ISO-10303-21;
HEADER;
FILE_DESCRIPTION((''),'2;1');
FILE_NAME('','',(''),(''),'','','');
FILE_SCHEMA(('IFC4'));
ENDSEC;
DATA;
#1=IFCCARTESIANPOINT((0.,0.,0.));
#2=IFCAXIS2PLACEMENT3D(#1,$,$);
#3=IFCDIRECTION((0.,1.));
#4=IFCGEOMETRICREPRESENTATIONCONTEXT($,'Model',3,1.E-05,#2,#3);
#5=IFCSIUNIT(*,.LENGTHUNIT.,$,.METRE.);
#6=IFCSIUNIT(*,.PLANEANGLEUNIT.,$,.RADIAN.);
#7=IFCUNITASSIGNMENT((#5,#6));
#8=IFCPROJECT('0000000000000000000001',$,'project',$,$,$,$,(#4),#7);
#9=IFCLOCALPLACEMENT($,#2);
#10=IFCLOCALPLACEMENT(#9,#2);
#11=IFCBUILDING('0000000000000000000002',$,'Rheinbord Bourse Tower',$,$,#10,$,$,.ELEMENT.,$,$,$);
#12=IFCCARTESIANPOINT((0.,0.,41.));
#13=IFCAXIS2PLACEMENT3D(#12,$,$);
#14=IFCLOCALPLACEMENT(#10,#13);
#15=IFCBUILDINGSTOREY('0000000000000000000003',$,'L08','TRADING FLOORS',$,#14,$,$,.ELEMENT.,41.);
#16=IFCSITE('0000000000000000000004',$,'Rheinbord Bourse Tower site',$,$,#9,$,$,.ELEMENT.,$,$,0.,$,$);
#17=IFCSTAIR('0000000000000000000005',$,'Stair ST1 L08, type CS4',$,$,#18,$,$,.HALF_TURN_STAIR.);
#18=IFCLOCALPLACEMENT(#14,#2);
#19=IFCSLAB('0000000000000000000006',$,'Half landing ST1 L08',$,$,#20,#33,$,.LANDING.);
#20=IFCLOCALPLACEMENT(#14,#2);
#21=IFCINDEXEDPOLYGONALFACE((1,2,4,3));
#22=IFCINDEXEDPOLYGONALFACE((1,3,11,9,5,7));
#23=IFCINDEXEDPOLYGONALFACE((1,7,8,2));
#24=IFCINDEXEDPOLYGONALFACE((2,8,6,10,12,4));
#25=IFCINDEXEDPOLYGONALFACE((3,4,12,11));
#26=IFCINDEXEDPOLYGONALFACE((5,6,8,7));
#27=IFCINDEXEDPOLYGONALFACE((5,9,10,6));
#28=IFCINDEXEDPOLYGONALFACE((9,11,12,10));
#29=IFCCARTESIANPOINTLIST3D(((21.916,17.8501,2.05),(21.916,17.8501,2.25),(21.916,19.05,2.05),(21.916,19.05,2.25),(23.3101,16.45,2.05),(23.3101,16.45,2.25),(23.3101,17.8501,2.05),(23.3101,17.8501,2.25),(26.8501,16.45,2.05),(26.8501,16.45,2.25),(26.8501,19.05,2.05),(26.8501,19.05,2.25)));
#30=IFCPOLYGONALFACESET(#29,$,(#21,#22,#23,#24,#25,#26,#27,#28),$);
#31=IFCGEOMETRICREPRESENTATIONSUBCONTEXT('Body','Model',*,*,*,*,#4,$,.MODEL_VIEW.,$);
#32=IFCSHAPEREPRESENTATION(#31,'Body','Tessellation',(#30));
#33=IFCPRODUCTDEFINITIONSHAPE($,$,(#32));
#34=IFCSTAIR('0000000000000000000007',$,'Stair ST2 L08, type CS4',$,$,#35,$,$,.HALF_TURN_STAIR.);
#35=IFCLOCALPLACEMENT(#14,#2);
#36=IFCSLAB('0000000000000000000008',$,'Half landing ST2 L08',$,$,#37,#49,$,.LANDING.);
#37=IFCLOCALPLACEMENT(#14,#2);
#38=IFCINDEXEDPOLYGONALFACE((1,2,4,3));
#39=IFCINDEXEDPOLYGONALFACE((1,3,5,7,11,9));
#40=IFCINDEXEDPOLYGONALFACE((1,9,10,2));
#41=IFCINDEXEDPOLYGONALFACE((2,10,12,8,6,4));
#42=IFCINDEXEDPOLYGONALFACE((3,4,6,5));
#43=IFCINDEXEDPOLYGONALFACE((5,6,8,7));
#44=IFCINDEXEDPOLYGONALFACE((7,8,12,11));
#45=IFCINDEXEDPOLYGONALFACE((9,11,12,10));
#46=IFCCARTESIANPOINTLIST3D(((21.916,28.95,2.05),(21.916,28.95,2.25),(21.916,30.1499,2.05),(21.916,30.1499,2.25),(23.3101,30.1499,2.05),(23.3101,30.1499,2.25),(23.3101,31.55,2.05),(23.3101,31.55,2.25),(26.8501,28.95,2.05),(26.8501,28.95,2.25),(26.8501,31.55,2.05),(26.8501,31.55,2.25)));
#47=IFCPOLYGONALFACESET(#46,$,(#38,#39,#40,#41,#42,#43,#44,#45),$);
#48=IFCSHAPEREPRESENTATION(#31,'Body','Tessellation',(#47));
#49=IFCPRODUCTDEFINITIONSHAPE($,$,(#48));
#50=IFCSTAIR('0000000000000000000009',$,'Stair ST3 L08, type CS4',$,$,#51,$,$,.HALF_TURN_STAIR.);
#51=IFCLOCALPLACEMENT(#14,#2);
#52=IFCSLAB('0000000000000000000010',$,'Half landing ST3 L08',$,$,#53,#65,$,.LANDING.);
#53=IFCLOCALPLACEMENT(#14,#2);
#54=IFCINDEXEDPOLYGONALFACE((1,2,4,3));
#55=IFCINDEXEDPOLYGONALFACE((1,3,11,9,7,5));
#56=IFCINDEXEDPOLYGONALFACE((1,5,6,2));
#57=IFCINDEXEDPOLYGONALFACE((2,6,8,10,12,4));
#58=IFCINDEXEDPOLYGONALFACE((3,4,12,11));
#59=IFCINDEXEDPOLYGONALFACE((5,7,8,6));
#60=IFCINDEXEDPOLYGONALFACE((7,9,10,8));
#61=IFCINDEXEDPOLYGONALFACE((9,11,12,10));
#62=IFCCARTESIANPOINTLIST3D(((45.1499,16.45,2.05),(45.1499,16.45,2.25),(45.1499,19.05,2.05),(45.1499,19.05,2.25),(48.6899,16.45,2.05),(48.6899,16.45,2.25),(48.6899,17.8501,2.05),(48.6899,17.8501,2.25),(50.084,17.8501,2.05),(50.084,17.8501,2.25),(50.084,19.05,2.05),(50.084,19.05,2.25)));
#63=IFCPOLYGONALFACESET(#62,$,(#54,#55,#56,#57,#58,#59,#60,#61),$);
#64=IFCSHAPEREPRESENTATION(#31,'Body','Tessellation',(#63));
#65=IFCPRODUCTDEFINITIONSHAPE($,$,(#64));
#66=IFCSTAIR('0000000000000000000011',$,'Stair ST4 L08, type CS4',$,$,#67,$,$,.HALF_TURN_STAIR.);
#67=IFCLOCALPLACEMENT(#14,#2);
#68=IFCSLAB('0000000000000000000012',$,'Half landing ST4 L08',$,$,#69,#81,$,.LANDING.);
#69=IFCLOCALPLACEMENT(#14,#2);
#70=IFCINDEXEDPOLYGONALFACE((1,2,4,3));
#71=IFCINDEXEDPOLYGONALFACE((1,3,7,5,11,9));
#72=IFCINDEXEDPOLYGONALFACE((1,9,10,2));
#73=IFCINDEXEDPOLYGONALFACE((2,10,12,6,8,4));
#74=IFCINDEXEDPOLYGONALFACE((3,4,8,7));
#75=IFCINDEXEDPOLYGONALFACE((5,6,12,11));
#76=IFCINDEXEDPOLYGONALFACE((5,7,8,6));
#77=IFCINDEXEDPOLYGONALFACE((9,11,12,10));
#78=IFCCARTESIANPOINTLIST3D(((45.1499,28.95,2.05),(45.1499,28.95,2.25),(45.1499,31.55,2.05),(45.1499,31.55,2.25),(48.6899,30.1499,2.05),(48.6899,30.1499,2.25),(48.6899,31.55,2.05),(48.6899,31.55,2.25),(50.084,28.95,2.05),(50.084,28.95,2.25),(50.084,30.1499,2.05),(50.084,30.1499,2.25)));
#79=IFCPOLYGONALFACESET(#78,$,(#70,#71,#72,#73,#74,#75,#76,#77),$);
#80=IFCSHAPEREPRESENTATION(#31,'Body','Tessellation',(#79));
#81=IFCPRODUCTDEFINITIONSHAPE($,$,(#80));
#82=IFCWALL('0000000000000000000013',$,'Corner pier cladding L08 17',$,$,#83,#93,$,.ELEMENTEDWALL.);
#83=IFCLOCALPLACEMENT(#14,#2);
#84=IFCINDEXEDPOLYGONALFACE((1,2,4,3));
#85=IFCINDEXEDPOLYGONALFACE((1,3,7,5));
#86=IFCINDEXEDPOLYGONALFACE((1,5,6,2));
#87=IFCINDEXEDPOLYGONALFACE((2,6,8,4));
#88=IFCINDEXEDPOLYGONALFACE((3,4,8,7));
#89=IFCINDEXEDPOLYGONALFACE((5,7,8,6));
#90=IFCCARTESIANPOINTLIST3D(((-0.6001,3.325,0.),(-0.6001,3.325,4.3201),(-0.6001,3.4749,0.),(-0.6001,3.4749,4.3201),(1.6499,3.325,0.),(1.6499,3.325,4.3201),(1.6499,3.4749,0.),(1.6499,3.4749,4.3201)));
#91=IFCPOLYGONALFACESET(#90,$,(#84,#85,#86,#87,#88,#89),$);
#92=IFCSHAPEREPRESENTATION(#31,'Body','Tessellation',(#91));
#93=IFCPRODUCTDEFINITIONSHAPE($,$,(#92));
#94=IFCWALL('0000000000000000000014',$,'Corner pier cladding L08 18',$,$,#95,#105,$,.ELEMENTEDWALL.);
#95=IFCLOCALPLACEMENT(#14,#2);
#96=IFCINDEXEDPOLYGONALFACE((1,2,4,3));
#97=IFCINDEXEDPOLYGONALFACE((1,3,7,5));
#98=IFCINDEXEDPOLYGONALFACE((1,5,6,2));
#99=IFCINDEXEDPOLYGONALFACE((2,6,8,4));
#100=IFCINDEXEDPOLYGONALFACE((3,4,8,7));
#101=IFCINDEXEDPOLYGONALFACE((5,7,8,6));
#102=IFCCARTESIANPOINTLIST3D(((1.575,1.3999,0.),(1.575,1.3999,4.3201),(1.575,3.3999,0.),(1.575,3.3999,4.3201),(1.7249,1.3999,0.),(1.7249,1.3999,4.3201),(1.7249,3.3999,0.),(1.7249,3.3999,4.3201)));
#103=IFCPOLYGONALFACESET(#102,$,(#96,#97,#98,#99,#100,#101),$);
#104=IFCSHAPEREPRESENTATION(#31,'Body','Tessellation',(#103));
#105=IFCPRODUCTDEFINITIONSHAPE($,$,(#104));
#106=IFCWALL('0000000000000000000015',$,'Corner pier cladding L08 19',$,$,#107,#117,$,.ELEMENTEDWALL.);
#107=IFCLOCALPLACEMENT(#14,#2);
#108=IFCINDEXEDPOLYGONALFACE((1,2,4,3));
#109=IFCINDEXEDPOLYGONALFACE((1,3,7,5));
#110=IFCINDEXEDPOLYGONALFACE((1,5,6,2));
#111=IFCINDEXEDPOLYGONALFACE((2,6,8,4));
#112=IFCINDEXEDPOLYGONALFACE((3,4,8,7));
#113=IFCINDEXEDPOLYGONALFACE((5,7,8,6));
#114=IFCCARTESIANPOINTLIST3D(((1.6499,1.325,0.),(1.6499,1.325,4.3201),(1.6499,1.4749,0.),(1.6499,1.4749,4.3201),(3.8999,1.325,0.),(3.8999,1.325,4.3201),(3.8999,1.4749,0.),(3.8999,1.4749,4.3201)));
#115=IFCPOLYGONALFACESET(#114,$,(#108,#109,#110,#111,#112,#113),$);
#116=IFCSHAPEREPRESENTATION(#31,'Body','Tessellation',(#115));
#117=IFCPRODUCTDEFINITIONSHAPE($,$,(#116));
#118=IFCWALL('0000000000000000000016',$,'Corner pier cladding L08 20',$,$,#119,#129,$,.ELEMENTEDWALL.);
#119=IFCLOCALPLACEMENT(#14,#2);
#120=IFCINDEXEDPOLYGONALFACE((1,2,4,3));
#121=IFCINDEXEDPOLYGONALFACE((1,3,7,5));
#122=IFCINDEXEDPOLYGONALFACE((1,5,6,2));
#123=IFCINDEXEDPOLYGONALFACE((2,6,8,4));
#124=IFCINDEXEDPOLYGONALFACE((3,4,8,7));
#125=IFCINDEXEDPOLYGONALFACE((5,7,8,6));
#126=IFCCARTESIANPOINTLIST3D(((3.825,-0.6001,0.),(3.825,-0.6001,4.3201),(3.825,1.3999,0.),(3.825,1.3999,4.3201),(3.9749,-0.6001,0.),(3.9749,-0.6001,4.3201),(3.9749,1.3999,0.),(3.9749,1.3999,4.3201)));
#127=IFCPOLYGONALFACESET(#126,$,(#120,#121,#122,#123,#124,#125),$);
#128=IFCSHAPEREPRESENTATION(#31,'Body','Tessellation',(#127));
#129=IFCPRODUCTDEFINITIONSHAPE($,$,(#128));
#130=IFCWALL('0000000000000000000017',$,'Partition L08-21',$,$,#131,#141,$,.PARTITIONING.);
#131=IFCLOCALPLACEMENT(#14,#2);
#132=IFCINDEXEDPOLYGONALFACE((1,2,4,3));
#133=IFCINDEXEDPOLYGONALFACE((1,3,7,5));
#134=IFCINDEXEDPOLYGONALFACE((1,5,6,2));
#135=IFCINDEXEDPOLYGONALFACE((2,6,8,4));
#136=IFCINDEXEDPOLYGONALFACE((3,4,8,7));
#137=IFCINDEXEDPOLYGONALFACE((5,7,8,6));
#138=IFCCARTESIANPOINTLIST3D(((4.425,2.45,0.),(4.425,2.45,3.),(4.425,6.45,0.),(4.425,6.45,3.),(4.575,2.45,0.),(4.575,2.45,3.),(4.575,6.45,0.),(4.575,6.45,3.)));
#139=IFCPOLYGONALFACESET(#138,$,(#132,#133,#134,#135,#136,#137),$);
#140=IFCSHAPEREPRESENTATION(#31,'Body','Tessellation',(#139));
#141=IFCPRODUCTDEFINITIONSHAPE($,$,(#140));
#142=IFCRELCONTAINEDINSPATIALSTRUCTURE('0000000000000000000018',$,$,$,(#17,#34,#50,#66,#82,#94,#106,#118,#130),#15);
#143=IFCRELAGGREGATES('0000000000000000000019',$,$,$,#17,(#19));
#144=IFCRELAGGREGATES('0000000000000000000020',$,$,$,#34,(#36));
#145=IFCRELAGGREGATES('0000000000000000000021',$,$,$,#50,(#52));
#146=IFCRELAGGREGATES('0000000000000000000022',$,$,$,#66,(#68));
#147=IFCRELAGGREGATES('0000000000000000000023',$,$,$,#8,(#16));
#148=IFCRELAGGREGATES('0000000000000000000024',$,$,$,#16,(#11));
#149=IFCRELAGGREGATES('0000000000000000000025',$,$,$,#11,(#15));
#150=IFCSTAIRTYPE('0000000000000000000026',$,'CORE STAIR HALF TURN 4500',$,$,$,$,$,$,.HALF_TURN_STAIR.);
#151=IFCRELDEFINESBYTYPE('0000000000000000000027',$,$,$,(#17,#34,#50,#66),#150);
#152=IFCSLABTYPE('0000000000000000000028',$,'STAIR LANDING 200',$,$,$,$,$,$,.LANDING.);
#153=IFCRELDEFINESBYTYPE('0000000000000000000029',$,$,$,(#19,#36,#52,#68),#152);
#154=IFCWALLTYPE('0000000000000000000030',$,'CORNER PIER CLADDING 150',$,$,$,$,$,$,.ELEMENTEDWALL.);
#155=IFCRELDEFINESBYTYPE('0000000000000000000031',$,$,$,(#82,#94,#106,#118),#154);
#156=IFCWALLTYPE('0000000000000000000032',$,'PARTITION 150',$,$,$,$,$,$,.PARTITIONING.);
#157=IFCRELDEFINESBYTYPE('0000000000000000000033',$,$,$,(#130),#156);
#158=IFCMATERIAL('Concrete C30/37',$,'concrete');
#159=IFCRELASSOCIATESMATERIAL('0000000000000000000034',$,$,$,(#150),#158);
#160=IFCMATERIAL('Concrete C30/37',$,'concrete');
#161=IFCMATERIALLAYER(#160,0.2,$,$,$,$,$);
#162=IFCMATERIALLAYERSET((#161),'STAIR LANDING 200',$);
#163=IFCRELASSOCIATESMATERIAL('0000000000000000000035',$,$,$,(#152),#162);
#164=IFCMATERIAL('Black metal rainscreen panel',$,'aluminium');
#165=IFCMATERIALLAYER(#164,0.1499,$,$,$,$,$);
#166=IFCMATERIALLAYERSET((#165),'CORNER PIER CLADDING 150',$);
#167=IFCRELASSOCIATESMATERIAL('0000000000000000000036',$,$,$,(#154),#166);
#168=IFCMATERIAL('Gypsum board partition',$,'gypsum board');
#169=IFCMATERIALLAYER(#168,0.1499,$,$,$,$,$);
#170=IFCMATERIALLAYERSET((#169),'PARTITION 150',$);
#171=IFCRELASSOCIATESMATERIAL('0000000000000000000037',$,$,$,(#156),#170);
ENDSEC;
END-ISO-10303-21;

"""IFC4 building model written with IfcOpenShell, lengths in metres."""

from ifc_helpers import new_model, si_unit, direction, frame, frame_2d, origin, place, context, subcontext, project, spatial, polyline, rectangle, outline, extrude, material, layer, layer_set, type_object, element, aggregate, save


model = new_model("IFC4")

# Units and contexts
model_context = context("Model", 3, precision=1e-05, world=origin(), true_north=direction((0.0, 1.0)))
body_context = subcontext(model_context, "Body", "Model", "MODEL_VIEW")
ifc_project = project(units=[si_unit("LENGTHUNIT", "METRE"), si_unit("PLANEANGLEUNIT", "RADIAN")], contexts=[model_context])

# Site, building, storey
site_placement = place(None, origin())
site = spatial("IfcSite", under=ifc_project, at=site_placement, Name="Rheinbord Bourse Tower site", CompositionType="ELEMENT", RefElevation=0.0)
building_placement = place(site_placement, origin())
building = spatial("IfcBuilding", under=site, at=building_placement, Name="Rheinbord Bourse Tower", CompositionType="ELEMENT")
storey_placement = place(building_placement, frame((0.0, 0.0, 41.0)))
storey = spatial("IfcBuildingStorey", under=building, at=storey_placement, Name="L08", Description="TRADING FLOORS", CompositionType="ELEMENT", Elevation=41.0)

# Stairs, slabs
ifc_material_1 = material(Name="Concrete C30/37", Category="concrete")
stair_type = type_object("IfcStairType", Name="CORE STAIR HALF TURN 4500", PredefinedType="HALF_TURN_STAIR", material=ifc_material_1)
stair_1_placement = place(storey_placement, origin())
stair_1 = element("IfcStair", 1, at=stair_1_placement, inside=storey, type_object=stair_type, Name="Stair ST1 L08, type CS4", PredefinedType="HALF_TURN_STAIR")
ifc_material_2 = material(Name="Concrete C30/37", Category="concrete")
ifc_layer_1 = layer(ifc_material_2, 0.2)
ifc_layer_set_1 = layer_set([ifc_layer_1], Name="STAIR LANDING 200")
slab_type_1 = type_object("IfcSlabType", Name="STAIR LANDING 200", PredefinedType="LANDING", material=ifc_layer_set_1)
slab_1_placement = place(storey_placement, frame((0.0, 0.0, 2.05)))
slab_1 = element("IfcSlab", 2, at=slab_1_placement, type_object=slab_type_1, Name="Half landing ST1 L08", PredefinedType="LANDING", context=body_context, shape_type="SweptSolid", body=[
    extrude(outline(polyline([(23.3101, 16.45), (26.8501, 16.45), (26.8501, 19.05), (21.916, 19.05), (21.916, 17.8501), (23.3101, 17.8501), (23.3101, 16.45)])), origin(), (0.0, 0.0, 1.0), 0.2),
])
aggregate(stair_1, [slab_1])
stair_2_placement = place(storey_placement, origin())
stair_2 = element("IfcStair", 3, at=stair_2_placement, inside=storey, type_object=stair_type, Name="Stair ST2 L08, type CS4", PredefinedType="HALF_TURN_STAIR")
slab_2_placement = place(storey_placement, frame((0.0, 0.0, 2.05)))
slab_2 = element("IfcSlab", 4, at=slab_2_placement, type_object=slab_type_1, Name="Half landing ST2 L08", PredefinedType="LANDING", context=body_context, shape_type="SweptSolid", body=[
    extrude(outline(polyline([(21.916, 28.95), (26.8501, 28.95), (26.8501, 31.55), (23.3101, 31.55), (23.3101, 30.1499), (21.916, 30.1499), (21.916, 28.95)])), origin(), (0.0, 0.0, 1.0), 0.2),
])
aggregate(stair_2, [slab_2])
stair_3_placement = place(storey_placement, origin())
stair_3 = element("IfcStair", 5, at=stair_3_placement, inside=storey, type_object=stair_type, Name="Stair ST3 L08, type CS4", PredefinedType="HALF_TURN_STAIR")
slab_3_placement = place(storey_placement, frame((0.0, 0.0, 2.05)))
slab_3 = element("IfcSlab", 6, at=slab_3_placement, type_object=slab_type_1, Name="Half landing ST3 L08", PredefinedType="LANDING", context=body_context, shape_type="SweptSolid", body=[
    extrude(outline(polyline([(45.1499, 16.45), (48.6899, 16.45), (48.6899, 17.8501), (50.084, 17.8501), (50.084, 19.05), (45.1499, 19.05), (45.1499, 16.45)])), origin(), (0.0, 0.0, 1.0), 0.2),
])
aggregate(stair_3, [slab_3])
stair_4_placement = place(storey_placement, origin())
stair_4 = element("IfcStair", 7, at=stair_4_placement, inside=storey, type_object=stair_type, Name="Stair ST4 L08, type CS4", PredefinedType="HALF_TURN_STAIR")
slab_4_placement = place(storey_placement, frame((0.0, 0.0, 2.05)))
slab_4 = element("IfcSlab", 8, at=slab_4_placement, type_object=slab_type_1, Name="Half landing ST4 L08", PredefinedType="LANDING", context=body_context, shape_type="SweptSolid", body=[
    extrude(outline(polyline([(45.1499, 28.95), (50.084, 28.95), (50.084, 30.1499), (48.6899, 30.1499), (48.6899, 31.55), (45.1499, 31.55), (45.1499, 28.95)])), origin(), (0.0, 0.0, 1.0), 0.2),
])
aggregate(stair_4, [slab_4])

# Walls
ifc_material_3 = material(Name="Black metal rainscreen panel", Category="aluminium")
ifc_layer_2 = layer(ifc_material_3, 0.1499)
ifc_layer_set_2 = layer_set([ifc_layer_2], Name="CORNER PIER CLADDING 150")
wall_type_1 = type_object("IfcWallType", Name="CORNER PIER CLADDING 150", PredefinedType="ELEMENTEDWALL", material=ifc_layer_set_2)
wall_1_placement = place(storey_placement, frame((-0.6001, 3.3999, 0.0), z_axis=(0.0, 0.0, 1.0), x_axis=(1.0, 0.0, 0.0)))
element("IfcWall", 9, at=wall_1_placement, inside=storey, type_object=wall_type_1, Name="Corner pier cladding L08 17", PredefinedType="ELEMENTEDWALL", context=body_context, shape_type="SweptSolid", body=[
    extrude(rectangle(XDim=2.25, YDim=0.1499, at=frame_2d((1.125, 0.0))), origin(), (0.0, 0.0, 1.0), 4.3201),
])
wall_2_placement = place(storey_placement, frame((1.6499, 3.3999, 0.0), z_axis=(0.0, 0.0, 1.0), x_axis=(0.0, -1.0, 0.0)))
element("IfcWall", 10, at=wall_2_placement, inside=storey, type_object=wall_type_1, Name="Corner pier cladding L08 18", PredefinedType="ELEMENTEDWALL", context=body_context, shape_type="SweptSolid", body=[
    extrude(rectangle(XDim=2.0, YDim=0.1499, at=frame_2d((1.0, 0.0))), origin(), (0.0, 0.0, 1.0), 4.3201),
])
wall_3_placement = place(storey_placement, frame((1.6499, 1.3999, 0.0), z_axis=(0.0, 0.0, 1.0), x_axis=(1.0, 0.0, 0.0)))
element("IfcWall", 11, at=wall_3_placement, inside=storey, type_object=wall_type_1, Name="Corner pier cladding L08 19", PredefinedType="ELEMENTEDWALL", context=body_context, shape_type="SweptSolid", body=[
    extrude(rectangle(XDim=2.25, YDim=0.1499, at=frame_2d((1.125, 0.0))), origin(), (0.0, 0.0, 1.0), 4.3201),
])
wall_4_placement = place(storey_placement, frame((3.8999, 1.3999, 0.0), z_axis=(0.0, 0.0, 1.0), x_axis=(0.0, -1.0, 0.0)))
element("IfcWall", 12, at=wall_4_placement, inside=storey, type_object=wall_type_1, Name="Corner pier cladding L08 20", PredefinedType="ELEMENTEDWALL", context=body_context, shape_type="SweptSolid", body=[
    extrude(rectangle(XDim=2.0, YDim=0.1499, at=frame_2d((1.0, 0.0))), origin(), (0.0, 0.0, 1.0), 4.3201),
])
ifc_material_4 = material(Name="Gypsum board partition", Category="gypsum board")
ifc_layer_3 = layer(ifc_material_4, 0.1499)
ifc_layer_set_3 = layer_set([ifc_layer_3], Name="PARTITION 150")
wall_type_2 = type_object("IfcWallType", Name="PARTITION 150", PredefinedType="PARTITIONING", material=ifc_layer_set_3)
wall_5_placement = place(storey_placement, frame((4.5, 2.45, 0.0), z_axis=(0.0, 0.0, 1.0), x_axis=(0.0, 1.0, 0.0)))
element("IfcWall", 13, at=wall_5_placement, inside=storey, type_object=wall_type_2, Name="Partition L08-21", PredefinedType="PARTITIONING", context=body_context, shape_type="SweptSolid", body=[
    extrude(rectangle(XDim=4.0, YDim=0.1499, at=frame_2d((2.0, 0.0))), origin(), (0.0, 0.0, 1.0), 3.0),
])

save(model, "model.ifc")
